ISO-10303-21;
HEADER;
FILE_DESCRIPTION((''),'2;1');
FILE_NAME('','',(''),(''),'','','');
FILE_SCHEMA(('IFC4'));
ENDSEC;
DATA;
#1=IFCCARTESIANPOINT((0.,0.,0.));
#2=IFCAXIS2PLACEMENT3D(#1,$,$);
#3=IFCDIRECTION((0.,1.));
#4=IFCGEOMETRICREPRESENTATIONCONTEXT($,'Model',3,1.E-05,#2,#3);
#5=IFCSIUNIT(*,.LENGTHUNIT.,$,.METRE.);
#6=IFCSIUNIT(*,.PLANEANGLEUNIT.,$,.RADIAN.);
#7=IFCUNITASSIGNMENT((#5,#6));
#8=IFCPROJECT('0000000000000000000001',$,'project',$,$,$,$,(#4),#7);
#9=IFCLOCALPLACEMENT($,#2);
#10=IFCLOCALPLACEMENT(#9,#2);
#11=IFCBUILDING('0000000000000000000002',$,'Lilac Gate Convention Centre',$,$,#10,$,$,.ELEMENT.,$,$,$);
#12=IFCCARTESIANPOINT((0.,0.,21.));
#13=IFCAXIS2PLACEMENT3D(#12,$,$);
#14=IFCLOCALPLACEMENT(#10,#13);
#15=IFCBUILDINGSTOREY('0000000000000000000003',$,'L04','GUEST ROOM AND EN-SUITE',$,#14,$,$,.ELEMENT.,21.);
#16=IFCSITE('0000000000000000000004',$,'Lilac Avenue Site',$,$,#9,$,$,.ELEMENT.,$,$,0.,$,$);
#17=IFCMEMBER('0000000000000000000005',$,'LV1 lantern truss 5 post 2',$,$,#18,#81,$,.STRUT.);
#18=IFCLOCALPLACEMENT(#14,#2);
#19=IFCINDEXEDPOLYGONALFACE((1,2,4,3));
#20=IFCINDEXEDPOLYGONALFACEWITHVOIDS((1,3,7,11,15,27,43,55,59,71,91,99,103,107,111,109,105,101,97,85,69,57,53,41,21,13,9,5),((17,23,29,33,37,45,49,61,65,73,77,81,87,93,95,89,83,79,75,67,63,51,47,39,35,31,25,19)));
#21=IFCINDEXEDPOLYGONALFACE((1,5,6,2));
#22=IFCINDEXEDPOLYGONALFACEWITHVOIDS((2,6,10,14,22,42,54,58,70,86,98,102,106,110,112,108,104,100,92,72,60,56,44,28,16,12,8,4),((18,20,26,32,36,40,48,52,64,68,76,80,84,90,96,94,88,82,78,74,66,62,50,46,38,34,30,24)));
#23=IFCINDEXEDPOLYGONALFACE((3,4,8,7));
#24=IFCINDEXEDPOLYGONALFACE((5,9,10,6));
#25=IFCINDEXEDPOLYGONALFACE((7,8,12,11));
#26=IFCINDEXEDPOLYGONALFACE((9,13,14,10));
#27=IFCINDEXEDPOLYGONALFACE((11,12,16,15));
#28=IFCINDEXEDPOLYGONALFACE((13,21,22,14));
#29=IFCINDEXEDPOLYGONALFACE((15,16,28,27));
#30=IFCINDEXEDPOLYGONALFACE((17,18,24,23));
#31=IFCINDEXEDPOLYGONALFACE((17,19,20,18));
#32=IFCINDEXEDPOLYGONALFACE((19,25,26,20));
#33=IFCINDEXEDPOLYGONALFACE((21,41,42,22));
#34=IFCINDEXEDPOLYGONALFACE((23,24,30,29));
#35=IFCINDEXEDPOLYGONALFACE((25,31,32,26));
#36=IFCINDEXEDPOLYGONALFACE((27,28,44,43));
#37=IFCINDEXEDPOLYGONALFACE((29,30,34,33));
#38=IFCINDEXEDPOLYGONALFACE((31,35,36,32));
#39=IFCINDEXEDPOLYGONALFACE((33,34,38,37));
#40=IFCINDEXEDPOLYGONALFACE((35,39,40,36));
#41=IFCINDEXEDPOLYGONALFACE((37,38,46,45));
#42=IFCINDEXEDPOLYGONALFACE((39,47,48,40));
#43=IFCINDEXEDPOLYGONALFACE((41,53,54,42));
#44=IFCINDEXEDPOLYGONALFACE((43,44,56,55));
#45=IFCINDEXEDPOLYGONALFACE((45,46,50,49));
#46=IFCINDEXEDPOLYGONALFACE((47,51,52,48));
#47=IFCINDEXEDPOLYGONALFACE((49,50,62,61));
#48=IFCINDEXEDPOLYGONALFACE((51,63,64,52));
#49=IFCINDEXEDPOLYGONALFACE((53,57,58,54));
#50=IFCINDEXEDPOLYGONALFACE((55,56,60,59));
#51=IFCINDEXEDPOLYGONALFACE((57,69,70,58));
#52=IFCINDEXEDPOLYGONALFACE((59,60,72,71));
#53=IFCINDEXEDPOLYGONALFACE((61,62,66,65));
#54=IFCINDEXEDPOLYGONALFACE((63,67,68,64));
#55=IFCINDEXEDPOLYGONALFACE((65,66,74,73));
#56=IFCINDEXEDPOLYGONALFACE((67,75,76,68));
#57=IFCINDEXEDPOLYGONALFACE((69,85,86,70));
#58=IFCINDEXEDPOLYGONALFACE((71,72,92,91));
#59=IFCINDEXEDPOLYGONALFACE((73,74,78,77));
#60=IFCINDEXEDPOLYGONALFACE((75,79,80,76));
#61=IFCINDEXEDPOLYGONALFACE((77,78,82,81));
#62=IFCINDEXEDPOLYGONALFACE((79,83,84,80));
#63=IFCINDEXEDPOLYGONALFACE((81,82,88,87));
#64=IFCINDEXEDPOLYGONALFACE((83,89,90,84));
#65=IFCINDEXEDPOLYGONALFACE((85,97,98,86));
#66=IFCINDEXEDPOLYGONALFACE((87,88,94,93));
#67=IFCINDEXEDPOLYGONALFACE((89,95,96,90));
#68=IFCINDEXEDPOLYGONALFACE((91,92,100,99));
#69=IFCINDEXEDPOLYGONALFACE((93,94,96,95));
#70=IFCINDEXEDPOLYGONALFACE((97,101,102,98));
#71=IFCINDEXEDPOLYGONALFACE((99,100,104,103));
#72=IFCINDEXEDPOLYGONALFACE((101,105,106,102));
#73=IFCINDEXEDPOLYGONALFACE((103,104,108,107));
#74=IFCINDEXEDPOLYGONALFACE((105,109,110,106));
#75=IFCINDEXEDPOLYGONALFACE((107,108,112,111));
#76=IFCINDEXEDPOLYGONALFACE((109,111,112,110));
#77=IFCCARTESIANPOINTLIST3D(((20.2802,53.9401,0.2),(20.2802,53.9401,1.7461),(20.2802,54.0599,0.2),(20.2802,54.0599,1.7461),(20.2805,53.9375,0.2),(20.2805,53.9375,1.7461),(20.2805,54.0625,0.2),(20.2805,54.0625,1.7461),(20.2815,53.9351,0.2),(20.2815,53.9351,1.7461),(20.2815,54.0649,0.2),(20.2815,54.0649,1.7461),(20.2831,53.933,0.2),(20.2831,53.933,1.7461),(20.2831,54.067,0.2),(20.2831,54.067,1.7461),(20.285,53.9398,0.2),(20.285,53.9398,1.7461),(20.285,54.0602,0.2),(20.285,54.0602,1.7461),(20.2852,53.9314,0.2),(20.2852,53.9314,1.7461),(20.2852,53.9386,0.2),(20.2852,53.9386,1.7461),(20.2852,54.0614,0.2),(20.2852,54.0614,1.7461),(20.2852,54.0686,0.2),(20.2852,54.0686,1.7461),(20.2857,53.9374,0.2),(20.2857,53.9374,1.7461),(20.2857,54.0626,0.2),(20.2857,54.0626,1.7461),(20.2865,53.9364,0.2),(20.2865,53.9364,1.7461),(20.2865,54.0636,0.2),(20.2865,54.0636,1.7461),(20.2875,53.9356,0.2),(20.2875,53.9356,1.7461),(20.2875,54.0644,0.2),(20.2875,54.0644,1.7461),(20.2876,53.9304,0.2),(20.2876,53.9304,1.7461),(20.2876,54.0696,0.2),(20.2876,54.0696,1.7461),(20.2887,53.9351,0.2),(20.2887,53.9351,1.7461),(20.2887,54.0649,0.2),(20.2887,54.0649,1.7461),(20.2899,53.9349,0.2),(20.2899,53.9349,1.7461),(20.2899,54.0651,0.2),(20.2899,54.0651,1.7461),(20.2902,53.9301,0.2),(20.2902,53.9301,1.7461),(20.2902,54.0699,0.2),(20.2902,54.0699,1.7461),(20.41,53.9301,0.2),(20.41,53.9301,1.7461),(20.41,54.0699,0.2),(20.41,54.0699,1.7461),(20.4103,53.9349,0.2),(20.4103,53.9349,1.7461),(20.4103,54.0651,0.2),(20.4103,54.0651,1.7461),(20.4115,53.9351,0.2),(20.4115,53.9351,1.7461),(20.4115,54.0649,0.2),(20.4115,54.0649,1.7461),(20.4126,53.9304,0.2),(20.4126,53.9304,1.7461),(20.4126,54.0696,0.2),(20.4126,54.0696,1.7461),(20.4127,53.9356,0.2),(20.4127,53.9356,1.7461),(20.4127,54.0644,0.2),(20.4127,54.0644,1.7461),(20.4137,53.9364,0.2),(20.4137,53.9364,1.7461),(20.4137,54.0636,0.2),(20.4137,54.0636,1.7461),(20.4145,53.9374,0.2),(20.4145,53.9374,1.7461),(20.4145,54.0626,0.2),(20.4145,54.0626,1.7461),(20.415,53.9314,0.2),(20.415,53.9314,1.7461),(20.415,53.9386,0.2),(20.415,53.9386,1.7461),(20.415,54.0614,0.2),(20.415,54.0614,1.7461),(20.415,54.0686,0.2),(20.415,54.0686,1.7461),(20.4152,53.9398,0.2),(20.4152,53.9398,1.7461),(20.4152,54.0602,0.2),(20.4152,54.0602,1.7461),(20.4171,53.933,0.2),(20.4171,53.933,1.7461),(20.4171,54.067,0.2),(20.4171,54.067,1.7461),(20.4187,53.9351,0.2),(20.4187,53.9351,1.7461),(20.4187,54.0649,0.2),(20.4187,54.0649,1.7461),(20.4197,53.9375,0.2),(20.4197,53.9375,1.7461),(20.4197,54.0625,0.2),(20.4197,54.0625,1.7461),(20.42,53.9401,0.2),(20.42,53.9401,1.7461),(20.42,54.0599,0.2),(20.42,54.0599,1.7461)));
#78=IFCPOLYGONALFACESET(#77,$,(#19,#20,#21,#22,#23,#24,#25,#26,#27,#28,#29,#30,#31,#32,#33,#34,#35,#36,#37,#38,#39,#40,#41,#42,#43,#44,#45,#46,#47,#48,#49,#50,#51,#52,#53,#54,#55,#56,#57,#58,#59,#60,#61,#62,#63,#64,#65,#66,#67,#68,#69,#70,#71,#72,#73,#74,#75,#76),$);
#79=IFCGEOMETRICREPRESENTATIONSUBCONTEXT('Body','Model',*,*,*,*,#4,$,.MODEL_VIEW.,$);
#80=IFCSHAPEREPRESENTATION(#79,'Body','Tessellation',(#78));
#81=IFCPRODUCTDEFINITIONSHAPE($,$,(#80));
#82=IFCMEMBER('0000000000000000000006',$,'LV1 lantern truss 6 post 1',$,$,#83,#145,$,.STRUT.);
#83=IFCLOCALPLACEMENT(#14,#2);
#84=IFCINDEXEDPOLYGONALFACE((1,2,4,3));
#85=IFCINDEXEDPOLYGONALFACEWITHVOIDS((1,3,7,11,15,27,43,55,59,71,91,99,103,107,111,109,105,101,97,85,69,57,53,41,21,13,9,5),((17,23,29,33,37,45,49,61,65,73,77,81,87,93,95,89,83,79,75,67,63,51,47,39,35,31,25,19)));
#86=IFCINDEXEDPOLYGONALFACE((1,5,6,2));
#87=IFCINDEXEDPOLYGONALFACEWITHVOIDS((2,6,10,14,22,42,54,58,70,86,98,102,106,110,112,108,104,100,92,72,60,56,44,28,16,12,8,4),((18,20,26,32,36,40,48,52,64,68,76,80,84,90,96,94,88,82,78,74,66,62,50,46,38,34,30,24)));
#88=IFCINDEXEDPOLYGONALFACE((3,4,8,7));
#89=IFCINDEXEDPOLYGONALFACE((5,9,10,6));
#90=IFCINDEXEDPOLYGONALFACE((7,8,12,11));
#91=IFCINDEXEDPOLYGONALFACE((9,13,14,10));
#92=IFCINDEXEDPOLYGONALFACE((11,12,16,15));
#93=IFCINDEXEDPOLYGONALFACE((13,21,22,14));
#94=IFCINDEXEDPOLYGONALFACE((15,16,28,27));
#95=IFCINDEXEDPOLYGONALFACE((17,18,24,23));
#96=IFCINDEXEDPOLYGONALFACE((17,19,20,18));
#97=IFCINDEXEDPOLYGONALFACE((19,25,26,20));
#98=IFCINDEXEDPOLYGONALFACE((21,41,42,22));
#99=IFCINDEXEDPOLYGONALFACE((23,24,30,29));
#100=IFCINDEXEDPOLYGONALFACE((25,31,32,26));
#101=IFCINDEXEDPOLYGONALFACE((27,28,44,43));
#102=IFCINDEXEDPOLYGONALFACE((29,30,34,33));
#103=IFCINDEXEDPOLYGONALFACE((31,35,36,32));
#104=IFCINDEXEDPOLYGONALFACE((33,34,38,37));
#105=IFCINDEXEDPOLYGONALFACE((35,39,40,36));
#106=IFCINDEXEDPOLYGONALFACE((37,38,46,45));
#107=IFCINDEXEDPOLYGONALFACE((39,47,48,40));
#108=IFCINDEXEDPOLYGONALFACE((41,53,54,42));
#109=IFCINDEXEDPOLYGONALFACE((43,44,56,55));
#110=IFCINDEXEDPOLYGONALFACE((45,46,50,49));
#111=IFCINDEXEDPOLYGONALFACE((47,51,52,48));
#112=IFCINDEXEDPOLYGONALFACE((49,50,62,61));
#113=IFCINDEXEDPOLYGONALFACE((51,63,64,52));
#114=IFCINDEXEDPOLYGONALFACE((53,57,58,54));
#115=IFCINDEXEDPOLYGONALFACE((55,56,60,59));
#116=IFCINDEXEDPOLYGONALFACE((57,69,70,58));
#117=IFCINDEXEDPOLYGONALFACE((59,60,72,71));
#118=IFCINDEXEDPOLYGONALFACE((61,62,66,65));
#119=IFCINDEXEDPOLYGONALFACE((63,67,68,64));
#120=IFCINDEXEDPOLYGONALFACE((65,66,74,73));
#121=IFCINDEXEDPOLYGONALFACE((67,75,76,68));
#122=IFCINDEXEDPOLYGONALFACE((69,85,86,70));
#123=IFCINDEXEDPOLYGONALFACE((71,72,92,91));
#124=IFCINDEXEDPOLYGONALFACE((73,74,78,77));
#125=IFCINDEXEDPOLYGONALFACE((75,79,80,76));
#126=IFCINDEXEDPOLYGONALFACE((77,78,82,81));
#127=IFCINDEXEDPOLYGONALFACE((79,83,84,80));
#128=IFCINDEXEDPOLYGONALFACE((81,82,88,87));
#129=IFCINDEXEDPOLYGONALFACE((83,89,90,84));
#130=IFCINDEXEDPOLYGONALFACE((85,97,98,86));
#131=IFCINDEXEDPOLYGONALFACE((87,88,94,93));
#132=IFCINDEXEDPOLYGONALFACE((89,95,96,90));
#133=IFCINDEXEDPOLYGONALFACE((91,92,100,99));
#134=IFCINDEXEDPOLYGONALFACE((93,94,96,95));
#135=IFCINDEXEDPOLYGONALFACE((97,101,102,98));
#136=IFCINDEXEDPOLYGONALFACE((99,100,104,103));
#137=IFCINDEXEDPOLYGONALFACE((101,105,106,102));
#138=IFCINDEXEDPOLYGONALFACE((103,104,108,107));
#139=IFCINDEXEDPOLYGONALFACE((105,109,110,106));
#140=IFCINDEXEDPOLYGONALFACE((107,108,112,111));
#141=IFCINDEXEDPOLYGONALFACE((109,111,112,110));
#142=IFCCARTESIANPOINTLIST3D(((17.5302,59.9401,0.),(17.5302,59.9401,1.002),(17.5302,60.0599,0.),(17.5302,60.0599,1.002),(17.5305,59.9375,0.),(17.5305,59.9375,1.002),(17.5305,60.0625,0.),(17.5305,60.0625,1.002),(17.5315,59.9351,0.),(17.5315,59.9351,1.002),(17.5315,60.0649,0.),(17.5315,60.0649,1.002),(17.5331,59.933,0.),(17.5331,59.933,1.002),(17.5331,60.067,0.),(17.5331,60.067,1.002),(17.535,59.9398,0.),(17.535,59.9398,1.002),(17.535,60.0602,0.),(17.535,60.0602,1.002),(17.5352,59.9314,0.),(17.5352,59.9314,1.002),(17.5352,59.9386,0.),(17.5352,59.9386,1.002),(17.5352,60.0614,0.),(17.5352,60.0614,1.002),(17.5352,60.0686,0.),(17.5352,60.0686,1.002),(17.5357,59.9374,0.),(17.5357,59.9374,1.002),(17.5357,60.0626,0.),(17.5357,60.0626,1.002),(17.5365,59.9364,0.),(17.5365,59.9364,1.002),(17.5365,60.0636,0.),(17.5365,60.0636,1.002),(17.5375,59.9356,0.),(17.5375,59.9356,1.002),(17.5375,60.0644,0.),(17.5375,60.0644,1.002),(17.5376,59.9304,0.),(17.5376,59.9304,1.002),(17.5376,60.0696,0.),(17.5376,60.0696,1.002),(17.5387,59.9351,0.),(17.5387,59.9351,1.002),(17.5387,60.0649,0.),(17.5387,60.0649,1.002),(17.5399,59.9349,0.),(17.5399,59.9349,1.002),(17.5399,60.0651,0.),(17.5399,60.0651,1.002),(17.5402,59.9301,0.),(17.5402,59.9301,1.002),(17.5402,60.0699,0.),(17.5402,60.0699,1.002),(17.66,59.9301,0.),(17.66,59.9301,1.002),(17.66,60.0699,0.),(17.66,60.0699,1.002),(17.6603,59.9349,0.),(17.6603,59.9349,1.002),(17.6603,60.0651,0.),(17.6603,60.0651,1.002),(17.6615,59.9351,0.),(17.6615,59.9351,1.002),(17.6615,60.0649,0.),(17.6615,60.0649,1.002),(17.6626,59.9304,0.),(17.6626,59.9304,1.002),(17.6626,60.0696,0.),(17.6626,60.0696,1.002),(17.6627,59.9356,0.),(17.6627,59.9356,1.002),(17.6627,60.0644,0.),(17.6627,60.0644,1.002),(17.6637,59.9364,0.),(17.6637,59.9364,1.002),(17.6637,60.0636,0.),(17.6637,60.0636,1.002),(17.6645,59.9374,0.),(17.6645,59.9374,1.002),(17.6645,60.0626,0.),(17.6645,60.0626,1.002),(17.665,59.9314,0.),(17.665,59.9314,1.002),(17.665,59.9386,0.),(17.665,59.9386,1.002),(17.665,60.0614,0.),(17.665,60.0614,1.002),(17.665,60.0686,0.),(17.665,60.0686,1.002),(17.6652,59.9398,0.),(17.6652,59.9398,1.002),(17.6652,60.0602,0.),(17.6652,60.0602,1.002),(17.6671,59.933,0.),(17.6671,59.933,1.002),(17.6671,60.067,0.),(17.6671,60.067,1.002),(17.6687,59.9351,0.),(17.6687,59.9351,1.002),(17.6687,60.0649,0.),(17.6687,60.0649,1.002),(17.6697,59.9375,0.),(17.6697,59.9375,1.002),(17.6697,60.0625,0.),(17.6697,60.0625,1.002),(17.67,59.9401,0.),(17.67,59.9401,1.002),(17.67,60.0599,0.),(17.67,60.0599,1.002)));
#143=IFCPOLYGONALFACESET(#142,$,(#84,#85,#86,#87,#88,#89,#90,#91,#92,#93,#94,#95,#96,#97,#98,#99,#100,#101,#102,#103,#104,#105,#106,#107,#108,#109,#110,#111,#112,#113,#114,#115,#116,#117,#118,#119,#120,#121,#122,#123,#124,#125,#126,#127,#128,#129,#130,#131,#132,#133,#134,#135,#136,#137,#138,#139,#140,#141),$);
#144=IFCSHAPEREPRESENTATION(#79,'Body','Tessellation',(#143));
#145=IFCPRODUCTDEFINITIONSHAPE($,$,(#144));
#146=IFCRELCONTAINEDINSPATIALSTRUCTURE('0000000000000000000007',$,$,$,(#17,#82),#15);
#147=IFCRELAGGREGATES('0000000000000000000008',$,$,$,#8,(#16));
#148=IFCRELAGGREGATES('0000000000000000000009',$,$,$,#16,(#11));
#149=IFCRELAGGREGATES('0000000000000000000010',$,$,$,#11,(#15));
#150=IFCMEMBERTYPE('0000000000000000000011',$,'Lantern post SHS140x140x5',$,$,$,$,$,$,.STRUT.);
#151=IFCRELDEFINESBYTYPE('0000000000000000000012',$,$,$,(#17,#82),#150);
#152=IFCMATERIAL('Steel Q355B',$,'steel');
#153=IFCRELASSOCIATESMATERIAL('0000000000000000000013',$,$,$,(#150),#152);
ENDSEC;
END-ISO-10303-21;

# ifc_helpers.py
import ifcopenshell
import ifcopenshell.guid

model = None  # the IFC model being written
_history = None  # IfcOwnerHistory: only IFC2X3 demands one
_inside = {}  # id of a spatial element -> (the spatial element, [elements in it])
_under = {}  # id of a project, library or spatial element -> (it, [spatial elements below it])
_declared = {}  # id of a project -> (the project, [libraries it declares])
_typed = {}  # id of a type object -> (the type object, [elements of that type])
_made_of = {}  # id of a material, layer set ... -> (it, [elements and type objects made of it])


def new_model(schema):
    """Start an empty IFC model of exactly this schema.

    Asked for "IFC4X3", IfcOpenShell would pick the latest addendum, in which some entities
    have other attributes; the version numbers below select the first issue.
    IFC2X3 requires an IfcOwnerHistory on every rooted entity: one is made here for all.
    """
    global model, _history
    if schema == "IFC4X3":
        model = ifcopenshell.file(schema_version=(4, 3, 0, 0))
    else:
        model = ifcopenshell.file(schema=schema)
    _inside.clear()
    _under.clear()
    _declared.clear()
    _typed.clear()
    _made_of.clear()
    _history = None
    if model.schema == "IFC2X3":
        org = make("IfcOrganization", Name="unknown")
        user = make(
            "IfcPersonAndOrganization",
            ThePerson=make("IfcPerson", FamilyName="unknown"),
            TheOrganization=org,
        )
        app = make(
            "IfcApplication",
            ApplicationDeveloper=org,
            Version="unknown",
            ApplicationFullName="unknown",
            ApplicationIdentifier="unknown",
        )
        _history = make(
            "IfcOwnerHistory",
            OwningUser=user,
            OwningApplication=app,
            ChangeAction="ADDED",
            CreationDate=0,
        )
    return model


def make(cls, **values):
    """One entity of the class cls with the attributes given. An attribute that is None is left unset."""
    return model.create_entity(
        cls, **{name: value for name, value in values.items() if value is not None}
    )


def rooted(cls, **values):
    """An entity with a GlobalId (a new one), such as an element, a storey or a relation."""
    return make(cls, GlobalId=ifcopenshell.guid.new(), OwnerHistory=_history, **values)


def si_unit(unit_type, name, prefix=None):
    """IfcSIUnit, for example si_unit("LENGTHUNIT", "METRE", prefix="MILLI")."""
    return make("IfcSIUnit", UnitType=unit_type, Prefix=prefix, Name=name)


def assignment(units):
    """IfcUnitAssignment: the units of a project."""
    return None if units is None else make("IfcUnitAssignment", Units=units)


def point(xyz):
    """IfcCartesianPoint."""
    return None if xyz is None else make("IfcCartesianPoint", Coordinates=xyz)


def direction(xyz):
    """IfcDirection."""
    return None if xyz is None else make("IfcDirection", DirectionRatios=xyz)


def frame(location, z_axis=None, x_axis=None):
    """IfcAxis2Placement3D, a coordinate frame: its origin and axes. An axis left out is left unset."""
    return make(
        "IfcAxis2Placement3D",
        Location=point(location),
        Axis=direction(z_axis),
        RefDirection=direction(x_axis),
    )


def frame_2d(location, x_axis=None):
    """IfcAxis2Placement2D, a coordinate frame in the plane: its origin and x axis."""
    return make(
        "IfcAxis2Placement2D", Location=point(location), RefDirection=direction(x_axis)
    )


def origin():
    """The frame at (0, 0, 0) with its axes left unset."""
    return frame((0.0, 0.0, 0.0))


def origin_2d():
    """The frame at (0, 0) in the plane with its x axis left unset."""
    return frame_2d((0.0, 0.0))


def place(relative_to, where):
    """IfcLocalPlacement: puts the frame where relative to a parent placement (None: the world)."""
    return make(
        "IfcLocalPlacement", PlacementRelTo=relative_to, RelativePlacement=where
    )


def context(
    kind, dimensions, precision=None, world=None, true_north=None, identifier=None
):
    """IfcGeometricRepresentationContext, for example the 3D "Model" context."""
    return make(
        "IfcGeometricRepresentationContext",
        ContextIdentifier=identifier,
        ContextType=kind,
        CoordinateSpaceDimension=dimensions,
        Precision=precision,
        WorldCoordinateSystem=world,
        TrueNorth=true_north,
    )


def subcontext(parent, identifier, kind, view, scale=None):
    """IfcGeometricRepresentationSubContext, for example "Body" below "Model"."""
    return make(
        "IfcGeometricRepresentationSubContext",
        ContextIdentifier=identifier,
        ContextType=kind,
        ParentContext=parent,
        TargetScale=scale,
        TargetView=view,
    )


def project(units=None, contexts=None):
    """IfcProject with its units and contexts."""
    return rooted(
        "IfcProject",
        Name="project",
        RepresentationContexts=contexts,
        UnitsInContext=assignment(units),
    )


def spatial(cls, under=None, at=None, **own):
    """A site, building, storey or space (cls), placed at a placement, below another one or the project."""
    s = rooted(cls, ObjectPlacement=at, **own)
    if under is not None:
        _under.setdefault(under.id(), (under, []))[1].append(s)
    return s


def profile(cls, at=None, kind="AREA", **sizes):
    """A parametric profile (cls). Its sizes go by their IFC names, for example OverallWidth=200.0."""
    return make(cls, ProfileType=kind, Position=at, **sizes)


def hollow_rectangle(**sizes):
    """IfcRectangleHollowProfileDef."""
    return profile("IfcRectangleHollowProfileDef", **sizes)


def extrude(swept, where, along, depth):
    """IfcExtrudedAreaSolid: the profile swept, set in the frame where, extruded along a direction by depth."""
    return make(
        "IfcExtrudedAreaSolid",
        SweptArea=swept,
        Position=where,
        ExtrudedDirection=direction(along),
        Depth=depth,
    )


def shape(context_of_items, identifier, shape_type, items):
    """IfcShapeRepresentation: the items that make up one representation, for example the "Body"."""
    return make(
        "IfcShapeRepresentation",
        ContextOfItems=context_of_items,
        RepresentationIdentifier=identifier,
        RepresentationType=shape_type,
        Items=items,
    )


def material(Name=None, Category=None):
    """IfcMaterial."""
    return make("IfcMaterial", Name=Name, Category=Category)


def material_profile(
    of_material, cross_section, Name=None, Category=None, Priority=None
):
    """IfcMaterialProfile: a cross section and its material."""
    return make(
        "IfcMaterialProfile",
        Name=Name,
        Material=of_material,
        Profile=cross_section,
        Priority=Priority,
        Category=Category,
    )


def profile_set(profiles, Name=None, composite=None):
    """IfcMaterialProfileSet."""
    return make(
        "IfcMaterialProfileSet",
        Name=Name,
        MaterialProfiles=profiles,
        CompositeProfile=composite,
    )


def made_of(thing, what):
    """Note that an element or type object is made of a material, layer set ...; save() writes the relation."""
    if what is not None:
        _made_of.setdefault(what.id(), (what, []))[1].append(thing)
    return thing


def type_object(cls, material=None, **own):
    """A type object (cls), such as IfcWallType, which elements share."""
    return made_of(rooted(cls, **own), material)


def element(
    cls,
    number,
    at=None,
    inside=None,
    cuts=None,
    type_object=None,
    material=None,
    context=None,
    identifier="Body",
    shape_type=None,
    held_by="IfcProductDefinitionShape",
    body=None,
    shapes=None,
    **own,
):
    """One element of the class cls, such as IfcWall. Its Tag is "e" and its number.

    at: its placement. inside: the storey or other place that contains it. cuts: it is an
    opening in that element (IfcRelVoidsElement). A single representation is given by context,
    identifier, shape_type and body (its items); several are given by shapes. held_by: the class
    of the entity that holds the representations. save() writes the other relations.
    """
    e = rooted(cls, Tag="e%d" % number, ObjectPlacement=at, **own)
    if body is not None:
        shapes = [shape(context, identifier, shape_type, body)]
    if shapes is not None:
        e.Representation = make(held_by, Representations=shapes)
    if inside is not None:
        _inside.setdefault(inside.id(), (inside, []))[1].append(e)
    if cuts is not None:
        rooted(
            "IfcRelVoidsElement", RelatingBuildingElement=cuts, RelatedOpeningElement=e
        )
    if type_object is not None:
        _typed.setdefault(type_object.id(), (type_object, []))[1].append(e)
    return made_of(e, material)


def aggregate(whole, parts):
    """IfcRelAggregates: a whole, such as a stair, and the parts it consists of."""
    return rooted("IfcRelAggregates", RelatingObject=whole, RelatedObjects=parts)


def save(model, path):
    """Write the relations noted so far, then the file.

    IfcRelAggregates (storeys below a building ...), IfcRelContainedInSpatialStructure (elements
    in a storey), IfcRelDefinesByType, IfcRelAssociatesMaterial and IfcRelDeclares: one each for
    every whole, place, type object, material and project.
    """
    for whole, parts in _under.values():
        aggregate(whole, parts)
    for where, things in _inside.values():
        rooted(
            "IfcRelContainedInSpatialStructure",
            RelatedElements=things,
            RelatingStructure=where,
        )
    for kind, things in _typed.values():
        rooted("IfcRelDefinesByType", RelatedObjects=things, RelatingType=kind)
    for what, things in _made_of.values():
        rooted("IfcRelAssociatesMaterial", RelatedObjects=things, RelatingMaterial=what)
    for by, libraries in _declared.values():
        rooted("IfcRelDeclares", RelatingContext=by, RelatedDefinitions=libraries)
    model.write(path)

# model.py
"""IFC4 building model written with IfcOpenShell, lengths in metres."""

from ifc_helpers import new_model, si_unit, direction, frame, origin, origin_2d, place, context, subcontext, project, spatial, hollow_rectangle, extrude, material, material_profile, profile_set, type_object, element, save


model = new_model("IFC4")

# Units and contexts
model_context = context("Model", 3, precision=1e-05, world=origin(), true_north=direction((0.0, 1.0)))
body_context = subcontext(model_context, "Body", "Model", "MODEL_VIEW")
ifc_project = project(units=[si_unit("LENGTHUNIT", "METRE"), si_unit("PLANEANGLEUNIT", "RADIAN")], contexts=[model_context])

# Site, building, storey
site_placement = place(None, origin())
site = spatial("IfcSite", under=ifc_project, at=site_placement, Name="Lilac Avenue Site", CompositionType="ELEMENT", RefElevation=0.0)
building_placement = place(site_placement, origin())
building = spatial("IfcBuilding", under=site, at=building_placement, Name="Lilac Gate Convention Centre", CompositionType="ELEMENT")
storey_placement = place(building_placement, frame((0.0, 0.0, 21.0)))
storey = spatial("IfcBuildingStorey", under=building, at=storey_placement, Name="L04", Description="GUEST ROOM AND EN-SUITE", CompositionType="ELEMENT", Elevation=21.0)

# Members
ifc_material_1 = material(Name="Steel Q355B", Category="steel")
ifc_material_profile_1 = material_profile(ifc_material_1, hollow_rectangle(XDim=0.1399, YDim=0.1399, WallThickness=0.0049, InnerFilletRadius=0.0049, OuterFilletRadius=0.01, at=origin_2d()), Name="SHS140x140x5")
ifc_profile_set_1 = profile_set([ifc_material_profile_1], Name="Steel Q355B")
member_type_1 = type_object("IfcMemberType", Name="Lantern post SHS140x140x5", PredefinedType="STRUT", material=ifc_profile_set_1)
member_1_placement = place(storey_placement, frame((20.3501, 54.0, 0.2), z_axis=(0.0, 0.0, 1.0), x_axis=(1.0, 0.0, 0.0)))
element("IfcMember", 1, at=member_1_placement, inside=storey, type_object=member_type_1, Name="LV1 lantern truss 5 post 2", PredefinedType="STRUT", context=body_context, shape_type="SweptSolid", body=[
    extrude(hollow_rectangle(XDim=0.1399, YDim=0.1399, WallThickness=0.0049, InnerFilletRadius=0.0049, OuterFilletRadius=0.01, at=origin_2d()), origin(), (0.0, 0.0, 1.0), 1.5461),
])
member_2_placement = place(storey_placement, frame((17.6001, 60.0, 0.0), z_axis=(0.0, 0.0, 1.0), x_axis=(1.0, 0.0, 0.0)))
element("IfcMember", 2, at=member_2_placement, inside=storey, type_object=member_type_1, Name="LV1 lantern truss 6 post 1", PredefinedType="STRUT", context=body_context, shape_type="SweptSolid", body=[
    extrude(hollow_rectangle(XDim=0.1399, YDim=0.1399, WallThickness=0.0049, InnerFilletRadius=0.0049, OuterFilletRadius=0.01, at=origin_2d()), origin(), (0.0, 0.0, 1.0), 1.002),
])

save(model, "model.ifc")
